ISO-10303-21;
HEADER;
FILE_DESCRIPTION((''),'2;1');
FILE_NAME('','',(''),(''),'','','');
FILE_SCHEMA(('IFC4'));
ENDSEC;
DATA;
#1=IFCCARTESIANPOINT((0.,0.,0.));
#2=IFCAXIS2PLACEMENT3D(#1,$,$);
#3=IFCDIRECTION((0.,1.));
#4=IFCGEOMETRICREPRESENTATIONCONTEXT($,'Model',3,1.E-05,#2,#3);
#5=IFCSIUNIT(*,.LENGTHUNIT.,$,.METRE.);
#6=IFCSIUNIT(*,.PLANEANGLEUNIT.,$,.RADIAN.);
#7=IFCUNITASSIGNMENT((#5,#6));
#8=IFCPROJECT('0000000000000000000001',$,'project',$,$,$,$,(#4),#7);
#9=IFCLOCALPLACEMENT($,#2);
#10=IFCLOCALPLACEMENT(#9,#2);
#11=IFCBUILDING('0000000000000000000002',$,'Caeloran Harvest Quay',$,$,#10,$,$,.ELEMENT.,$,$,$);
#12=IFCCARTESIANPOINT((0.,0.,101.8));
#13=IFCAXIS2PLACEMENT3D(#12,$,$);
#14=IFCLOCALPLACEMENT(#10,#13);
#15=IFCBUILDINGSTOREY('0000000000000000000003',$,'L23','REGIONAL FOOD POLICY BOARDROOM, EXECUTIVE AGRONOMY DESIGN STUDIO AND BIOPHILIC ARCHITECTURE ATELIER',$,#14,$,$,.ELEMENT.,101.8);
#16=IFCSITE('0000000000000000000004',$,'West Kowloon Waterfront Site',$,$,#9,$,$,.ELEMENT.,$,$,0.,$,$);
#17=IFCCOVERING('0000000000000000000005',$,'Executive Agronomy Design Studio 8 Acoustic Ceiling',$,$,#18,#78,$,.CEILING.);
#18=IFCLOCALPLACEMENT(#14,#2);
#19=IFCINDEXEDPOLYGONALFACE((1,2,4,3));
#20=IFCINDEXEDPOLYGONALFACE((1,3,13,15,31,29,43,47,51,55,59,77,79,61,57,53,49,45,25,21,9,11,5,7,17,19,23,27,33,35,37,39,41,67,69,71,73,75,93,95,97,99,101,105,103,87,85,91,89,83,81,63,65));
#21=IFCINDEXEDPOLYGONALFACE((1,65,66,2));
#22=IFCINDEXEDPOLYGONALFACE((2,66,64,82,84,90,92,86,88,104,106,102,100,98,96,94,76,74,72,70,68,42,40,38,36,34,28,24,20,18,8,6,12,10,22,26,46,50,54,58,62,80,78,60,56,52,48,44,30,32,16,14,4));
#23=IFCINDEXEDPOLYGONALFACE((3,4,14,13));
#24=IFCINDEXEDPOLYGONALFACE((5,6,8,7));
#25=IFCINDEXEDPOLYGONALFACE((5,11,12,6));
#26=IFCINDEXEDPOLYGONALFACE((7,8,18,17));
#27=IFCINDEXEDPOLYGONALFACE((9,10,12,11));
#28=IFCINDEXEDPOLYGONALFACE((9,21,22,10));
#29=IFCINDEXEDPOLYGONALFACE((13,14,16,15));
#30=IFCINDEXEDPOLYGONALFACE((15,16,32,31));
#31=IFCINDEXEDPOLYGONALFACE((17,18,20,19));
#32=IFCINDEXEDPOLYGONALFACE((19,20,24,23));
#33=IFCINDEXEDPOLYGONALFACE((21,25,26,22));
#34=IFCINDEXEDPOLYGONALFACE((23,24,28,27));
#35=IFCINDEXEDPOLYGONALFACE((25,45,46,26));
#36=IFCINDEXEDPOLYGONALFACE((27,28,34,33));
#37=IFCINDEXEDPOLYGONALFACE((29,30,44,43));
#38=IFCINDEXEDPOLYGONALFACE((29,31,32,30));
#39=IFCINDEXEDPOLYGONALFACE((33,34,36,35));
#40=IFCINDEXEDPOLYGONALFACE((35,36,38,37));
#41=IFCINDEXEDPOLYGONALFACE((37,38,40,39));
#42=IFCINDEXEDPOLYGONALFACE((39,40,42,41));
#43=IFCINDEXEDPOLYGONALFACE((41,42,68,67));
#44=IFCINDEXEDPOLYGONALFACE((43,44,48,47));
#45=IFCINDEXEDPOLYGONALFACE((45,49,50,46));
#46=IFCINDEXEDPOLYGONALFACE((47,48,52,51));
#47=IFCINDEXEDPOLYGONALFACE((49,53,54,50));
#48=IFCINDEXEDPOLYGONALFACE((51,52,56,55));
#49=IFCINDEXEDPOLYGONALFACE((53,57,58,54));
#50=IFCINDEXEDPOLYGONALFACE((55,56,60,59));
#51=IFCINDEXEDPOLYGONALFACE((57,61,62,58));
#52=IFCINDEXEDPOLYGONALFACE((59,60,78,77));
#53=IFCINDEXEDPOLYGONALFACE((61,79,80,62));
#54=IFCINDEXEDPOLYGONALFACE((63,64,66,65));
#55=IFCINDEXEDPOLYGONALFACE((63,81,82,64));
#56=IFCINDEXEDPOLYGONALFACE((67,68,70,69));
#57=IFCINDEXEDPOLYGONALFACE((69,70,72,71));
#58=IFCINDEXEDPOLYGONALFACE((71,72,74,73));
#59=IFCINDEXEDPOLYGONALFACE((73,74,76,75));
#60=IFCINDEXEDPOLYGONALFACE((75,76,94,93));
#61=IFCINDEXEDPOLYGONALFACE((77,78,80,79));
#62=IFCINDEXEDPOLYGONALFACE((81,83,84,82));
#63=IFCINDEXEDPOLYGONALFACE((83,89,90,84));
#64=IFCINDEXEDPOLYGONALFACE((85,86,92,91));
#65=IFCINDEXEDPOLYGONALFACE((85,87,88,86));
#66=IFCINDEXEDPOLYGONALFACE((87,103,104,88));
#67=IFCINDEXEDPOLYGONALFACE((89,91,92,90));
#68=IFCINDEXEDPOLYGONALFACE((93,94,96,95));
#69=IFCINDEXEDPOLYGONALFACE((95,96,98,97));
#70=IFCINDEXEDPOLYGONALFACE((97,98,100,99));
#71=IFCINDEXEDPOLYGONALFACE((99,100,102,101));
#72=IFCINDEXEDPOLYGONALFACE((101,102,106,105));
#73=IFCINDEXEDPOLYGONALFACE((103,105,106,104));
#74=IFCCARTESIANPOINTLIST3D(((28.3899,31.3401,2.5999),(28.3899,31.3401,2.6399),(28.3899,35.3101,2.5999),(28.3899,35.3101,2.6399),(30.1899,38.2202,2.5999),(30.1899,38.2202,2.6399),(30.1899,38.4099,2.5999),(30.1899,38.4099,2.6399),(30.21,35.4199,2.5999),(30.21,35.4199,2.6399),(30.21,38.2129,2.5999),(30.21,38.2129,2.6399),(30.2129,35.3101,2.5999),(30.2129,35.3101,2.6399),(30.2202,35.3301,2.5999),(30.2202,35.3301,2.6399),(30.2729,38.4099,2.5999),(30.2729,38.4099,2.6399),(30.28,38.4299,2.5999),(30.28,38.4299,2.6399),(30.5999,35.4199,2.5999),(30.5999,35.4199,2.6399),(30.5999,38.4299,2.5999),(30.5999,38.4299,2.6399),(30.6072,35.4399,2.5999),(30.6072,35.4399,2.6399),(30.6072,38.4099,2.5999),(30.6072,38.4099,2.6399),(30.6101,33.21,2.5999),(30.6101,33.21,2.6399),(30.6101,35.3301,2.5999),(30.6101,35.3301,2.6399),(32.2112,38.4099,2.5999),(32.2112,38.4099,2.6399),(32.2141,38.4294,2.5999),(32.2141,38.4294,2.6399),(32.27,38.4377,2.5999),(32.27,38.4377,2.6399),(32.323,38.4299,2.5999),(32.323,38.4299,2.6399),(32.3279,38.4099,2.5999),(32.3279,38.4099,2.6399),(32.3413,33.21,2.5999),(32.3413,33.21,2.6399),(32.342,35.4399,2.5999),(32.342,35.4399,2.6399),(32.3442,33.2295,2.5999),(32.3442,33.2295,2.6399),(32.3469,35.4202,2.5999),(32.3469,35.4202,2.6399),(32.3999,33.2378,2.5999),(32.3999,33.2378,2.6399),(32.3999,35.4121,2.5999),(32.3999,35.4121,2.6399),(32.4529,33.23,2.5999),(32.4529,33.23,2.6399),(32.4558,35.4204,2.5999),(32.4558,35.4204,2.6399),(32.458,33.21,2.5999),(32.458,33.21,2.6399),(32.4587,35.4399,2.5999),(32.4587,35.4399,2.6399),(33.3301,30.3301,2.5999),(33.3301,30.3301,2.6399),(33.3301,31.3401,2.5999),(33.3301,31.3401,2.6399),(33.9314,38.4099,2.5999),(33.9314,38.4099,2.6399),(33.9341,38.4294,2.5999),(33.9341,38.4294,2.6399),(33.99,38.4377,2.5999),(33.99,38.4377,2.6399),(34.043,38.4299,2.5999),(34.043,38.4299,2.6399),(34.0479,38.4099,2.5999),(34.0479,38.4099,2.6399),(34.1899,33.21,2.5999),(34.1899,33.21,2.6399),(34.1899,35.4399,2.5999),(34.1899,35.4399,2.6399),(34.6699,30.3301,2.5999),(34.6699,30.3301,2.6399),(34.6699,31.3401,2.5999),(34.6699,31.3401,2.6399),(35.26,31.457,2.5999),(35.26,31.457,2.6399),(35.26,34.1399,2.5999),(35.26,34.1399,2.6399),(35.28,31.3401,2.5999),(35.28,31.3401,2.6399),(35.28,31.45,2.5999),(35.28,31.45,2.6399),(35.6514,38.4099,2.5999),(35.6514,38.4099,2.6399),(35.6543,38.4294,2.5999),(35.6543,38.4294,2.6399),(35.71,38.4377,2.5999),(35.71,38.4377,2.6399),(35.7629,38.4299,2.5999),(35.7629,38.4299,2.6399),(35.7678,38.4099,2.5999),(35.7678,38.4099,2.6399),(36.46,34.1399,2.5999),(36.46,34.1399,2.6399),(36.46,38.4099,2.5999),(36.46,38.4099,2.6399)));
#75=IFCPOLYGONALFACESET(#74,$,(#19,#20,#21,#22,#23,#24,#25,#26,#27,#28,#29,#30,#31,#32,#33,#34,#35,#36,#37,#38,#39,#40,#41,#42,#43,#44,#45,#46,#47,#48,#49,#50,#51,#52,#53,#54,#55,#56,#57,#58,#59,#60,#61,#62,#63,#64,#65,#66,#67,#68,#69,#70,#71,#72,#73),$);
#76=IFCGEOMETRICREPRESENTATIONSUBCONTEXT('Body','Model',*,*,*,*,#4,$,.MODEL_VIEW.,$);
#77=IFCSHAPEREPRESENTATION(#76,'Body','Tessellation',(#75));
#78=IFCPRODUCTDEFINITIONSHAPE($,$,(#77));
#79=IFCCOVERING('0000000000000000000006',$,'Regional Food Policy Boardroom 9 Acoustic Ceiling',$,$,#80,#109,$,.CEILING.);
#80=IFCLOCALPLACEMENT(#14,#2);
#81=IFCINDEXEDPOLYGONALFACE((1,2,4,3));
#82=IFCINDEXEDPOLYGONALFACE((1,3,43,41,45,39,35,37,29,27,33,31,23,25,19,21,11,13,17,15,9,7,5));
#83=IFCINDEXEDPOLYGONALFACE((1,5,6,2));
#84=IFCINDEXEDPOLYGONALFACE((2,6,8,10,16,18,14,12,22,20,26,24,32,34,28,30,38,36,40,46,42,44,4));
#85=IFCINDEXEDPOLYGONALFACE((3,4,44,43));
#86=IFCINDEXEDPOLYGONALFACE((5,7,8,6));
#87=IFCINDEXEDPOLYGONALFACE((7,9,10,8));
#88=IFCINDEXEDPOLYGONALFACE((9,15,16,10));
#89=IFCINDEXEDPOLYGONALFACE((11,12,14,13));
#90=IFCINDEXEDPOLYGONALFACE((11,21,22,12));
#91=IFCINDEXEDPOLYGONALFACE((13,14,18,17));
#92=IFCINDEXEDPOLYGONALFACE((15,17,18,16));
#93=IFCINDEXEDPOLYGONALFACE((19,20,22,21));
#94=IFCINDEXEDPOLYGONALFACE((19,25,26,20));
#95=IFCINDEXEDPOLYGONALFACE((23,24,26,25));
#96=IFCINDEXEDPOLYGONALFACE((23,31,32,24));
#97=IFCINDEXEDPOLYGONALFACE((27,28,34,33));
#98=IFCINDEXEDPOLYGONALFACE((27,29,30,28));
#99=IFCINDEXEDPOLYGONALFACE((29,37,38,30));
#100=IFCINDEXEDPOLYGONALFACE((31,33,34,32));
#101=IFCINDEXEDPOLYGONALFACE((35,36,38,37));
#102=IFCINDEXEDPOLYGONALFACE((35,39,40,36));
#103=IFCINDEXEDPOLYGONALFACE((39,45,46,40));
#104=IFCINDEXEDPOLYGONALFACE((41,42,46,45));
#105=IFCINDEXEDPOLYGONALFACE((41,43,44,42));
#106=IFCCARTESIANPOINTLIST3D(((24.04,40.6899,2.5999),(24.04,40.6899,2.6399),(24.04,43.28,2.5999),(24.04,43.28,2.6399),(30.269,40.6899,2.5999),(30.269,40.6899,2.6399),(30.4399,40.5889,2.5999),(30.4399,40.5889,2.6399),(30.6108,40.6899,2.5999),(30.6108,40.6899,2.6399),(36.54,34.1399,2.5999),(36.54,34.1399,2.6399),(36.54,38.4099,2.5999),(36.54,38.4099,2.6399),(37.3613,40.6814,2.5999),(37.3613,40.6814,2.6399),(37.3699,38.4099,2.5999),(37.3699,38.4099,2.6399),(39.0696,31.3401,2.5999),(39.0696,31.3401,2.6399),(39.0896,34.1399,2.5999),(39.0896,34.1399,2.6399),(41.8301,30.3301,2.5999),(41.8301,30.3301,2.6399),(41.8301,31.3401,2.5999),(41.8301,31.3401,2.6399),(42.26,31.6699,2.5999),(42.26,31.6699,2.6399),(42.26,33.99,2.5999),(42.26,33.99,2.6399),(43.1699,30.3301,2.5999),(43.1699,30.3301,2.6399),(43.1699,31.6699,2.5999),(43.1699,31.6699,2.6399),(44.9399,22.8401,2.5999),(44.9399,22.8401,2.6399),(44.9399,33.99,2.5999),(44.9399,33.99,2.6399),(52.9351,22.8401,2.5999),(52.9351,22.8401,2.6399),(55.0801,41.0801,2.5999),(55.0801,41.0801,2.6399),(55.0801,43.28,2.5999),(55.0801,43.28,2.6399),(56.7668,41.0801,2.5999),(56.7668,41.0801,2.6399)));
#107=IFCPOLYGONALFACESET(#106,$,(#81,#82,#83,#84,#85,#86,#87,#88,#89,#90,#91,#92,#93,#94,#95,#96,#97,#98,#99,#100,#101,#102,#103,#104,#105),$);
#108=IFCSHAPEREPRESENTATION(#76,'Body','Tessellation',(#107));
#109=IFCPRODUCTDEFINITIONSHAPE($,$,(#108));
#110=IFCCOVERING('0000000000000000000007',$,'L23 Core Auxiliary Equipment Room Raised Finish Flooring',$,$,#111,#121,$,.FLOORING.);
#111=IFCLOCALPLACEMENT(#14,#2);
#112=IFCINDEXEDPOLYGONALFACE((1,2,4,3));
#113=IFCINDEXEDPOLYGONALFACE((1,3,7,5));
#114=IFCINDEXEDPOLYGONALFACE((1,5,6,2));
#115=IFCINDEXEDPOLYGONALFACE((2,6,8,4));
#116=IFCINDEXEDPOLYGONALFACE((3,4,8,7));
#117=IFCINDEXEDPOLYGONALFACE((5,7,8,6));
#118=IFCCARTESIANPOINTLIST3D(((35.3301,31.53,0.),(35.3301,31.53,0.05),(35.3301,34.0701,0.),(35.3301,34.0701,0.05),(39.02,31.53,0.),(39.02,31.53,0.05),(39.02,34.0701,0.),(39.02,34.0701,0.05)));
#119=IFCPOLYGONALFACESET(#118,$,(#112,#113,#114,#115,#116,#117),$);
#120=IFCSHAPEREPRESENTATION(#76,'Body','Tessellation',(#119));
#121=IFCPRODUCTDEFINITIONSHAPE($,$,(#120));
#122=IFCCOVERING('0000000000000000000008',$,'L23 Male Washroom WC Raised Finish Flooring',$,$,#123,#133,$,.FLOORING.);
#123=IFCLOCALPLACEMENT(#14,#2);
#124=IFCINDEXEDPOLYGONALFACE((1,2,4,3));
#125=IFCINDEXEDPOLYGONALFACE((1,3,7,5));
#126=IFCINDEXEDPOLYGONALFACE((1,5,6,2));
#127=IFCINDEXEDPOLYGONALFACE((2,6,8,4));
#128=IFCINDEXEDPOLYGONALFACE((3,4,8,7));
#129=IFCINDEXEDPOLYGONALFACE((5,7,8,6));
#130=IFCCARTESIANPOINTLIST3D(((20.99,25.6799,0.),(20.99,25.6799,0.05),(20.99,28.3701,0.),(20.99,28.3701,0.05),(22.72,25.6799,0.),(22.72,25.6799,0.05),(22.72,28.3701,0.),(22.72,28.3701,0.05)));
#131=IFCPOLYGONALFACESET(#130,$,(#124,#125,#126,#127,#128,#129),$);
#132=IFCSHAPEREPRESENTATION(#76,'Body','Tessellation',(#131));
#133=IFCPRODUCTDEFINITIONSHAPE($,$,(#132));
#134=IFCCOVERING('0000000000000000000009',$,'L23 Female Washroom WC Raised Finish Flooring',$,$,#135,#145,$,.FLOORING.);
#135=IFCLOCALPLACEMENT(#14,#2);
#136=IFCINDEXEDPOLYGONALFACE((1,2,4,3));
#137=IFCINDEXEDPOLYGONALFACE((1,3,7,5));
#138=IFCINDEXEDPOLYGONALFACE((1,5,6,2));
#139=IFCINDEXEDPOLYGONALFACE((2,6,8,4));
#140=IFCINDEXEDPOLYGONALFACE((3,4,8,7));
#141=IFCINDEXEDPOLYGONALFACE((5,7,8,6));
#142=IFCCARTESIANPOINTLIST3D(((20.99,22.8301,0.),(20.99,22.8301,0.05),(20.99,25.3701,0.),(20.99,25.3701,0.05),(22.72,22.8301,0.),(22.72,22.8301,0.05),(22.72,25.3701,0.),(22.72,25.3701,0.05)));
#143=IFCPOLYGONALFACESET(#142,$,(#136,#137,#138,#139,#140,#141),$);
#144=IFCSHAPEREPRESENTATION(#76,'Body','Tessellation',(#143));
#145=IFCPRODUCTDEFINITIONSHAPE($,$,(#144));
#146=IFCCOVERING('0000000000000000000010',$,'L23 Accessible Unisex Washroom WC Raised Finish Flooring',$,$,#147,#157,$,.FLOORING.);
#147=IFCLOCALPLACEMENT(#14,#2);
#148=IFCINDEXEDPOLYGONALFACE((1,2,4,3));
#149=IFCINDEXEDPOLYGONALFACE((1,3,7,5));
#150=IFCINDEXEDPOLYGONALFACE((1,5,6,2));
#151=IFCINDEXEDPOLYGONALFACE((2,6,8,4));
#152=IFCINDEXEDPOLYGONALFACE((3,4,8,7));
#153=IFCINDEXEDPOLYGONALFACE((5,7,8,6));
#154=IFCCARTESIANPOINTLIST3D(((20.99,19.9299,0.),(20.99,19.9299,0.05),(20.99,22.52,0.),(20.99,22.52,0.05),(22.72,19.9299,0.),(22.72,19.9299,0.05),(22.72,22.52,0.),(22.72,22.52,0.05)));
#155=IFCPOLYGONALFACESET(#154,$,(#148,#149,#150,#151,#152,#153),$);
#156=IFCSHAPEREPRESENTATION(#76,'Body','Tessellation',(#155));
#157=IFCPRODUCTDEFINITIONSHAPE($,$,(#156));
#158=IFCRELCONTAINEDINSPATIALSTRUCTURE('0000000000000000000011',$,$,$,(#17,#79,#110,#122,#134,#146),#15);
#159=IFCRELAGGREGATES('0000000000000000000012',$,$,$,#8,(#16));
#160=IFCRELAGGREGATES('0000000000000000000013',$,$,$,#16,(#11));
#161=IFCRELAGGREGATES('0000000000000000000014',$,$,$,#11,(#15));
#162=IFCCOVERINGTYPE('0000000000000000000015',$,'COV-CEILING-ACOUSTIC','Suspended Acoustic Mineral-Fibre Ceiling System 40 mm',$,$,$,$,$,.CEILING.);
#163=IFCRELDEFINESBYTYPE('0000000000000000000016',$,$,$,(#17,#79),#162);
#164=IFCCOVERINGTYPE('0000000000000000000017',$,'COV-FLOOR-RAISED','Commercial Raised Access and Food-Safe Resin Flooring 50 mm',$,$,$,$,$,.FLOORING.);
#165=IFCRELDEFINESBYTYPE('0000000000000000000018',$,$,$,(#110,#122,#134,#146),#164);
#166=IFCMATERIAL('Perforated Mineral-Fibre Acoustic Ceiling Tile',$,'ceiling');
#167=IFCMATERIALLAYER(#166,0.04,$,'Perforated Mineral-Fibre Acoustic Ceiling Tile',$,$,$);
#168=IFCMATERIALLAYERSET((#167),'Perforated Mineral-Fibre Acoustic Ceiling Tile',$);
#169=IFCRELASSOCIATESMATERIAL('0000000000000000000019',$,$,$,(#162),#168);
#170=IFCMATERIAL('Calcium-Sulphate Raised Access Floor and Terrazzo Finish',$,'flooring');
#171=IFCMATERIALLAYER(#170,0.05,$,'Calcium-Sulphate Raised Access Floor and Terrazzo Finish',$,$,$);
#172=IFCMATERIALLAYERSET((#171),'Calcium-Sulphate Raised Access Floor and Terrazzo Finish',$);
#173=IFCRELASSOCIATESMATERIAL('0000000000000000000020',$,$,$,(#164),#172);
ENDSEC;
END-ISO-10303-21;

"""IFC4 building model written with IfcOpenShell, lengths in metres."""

from ifc_helpers import new_model, si_unit, direction, frame, origin, place, context, subcontext, project, spatial, polyline, outline, extrude, material, layer, layer_set, type_object, element, save


model = new_model("IFC4")

# Units and contexts
model_context = context("Model", 3, precision=1e-05, world=origin(), true_north=direction((0.0, 1.0)))
body_context = subcontext(model_context, "Body", "Model", "MODEL_VIEW")
ifc_project = project(units=[si_unit("LENGTHUNIT", "METRE"), si_unit("PLANEANGLEUNIT", "RADIAN")], contexts=[model_context])

# Site, building, storey
site_placement = place(None, origin())
site = spatial("IfcSite", under=ifc_project, at=site_placement, Name="West Kowloon Waterfront Site", CompositionType="ELEMENT", RefElevation=0.0)
building_placement = place(site_placement, origin())
building = spatial("IfcBuilding", under=site, at=building_placement, Name="Caeloran Harvest Quay", CompositionType="ELEMENT")
storey_placement = place(building_placement, frame((0.0, 0.0, 101.8)))
storey = spatial("IfcBuildingStorey", under=building, at=storey_placement, Name="L23", Description="REGIONAL FOOD POLICY BOARDROOM, EXECUTIVE AGRONOMY DESIGN STUDIO AND BIOPHILIC ARCHITECTURE ATELIER", CompositionType="ELEMENT", Elevation=101.8)

# Coverings
ifc_material_1 = material(Name="Perforated Mineral-Fibre Acoustic Ceiling Tile", Category="ceiling")
ifc_layer_1 = layer(ifc_material_1, 0.04, Name="Perforated Mineral-Fibre Acoustic Ceiling Tile")
ifc_layer_set_1 = layer_set([ifc_layer_1], Name="Perforated Mineral-Fibre Acoustic Ceiling Tile")
covering_type_1 = type_object("IfcCoveringType", Name="COV-CEILING-ACOUSTIC", Description="Suspended Acoustic Mineral-Fibre Ceiling System 40 mm", PredefinedType="CEILING", material=ifc_layer_set_1)
covering_1_placement = place(storey_placement, frame((0.0, 0.0, 2.5999)))
element("IfcCovering", 1, at=covering_1_placement, inside=storey, type_object=covering_type_1, Name="Executive Agronomy Design Studio 8 Acoustic Ceiling", PredefinedType="CEILING", context=body_context, shape_type="SweptSolid", body=[
    extrude(outline(polyline([(34.6699, 30.3301), (33.3301, 30.3301), (33.3301, 31.3401), (28.3899, 31.3401), (28.3899, 35.3101), (30.2129, 35.3101), (30.2202, 35.3301), (30.6101, 35.3301), (30.6101, 33.21), (32.3413, 33.21), (32.3442, 33.2295), (32.3999, 33.2378), (32.4529, 33.23), (32.458, 33.21), (34.1899, 33.21), (34.1899, 35.4399), (32.4587, 35.4399), (32.4558, 35.4204), (32.3999, 35.4121), (32.3469, 35.4202), (32.342, 35.4399), (30.6072, 35.4399), (30.5999, 35.4199), (30.21, 35.4199), (30.21, 38.2129), (30.1899, 38.2202), (30.1899, 38.4099), (30.2729, 38.4099), (30.28, 38.4299), (30.5999, 38.4299), (30.6072, 38.4099), (32.2112, 38.4099), (32.2141, 38.4294), (32.27, 38.4377), (32.323, 38.4299), (32.3279, 38.4099), (33.9314, 38.4099), (33.9341, 38.4294), (33.99, 38.4377), (34.043, 38.4299), (34.0479, 38.4099), (35.6514, 38.4099), (35.6543, 38.4294), (35.71, 38.4377), (35.7629, 38.4299), (35.7678, 38.4099), (36.46, 38.4099), (36.46, 34.1399), (35.26, 34.1399), (35.26, 31.457), (35.28, 31.45), (35.28, 31.3401), (34.6699, 31.3401), (34.6699, 30.3301)])), origin(), (0.0, 0.0, 1.0), 0.04),
])
covering_2_placement = place(storey_placement, frame((0.0, 0.0, 2.5999)))
element("IfcCovering", 2, at=covering_2_placement, inside=storey, type_object=covering_type_1, Name="Regional Food Policy Boardroom 9 Acoustic Ceiling", PredefinedType="CEILING", context=body_context, shape_type="SweptSolid", body=[
    extrude(outline(polyline([(43.1699, 30.3301), (41.8301, 30.3301), (41.8301, 31.3401), (39.0696, 31.3401), (39.0896, 34.1399), (36.54, 34.1399), (36.54, 38.4099), (37.3699, 38.4099), (37.3613, 40.6814), (30.6108, 40.6899), (30.4399, 40.5889), (30.269, 40.6899), (24.04, 40.6899), (24.04, 43.28), (55.0801, 43.28), (55.0801, 41.0801), (56.7668, 41.0801), (52.9351, 22.8401), (44.9399, 22.8401), (44.9399, 33.99), (42.26, 33.99), (42.26, 31.6699), (43.1699, 31.6699), (43.1699, 30.3301)])), origin(), (0.0, 0.0, 1.0), 0.04),
])
ifc_material_2 = material(Name="Calcium-Sulphate Raised Access Floor and Terrazzo Finish", Category="flooring")
ifc_layer_2 = layer(ifc_material_2, 0.05, Name="Calcium-Sulphate Raised Access Floor and Terrazzo Finish")
ifc_layer_set_2 = layer_set([ifc_layer_2], Name="Calcium-Sulphate Raised Access Floor and Terrazzo Finish")
covering_type_2 = type_object("IfcCoveringType", Name="COV-FLOOR-RAISED", Description="Commercial Raised Access and Food-Safe Resin Flooring 50 mm", PredefinedType="FLOORING", material=ifc_layer_set_2)
covering_3_placement = place(storey_placement, origin())
element("IfcCovering", 3, at=covering_3_placement, inside=storey, type_object=covering_type_2, Name="L23 Core Auxiliary Equipment Room Raised Finish Flooring", PredefinedType="FLOORING", context=body_context, shape_type="SweptSolid", body=[
    extrude(outline(polyline([(39.02, 34.0701), (39.02, 31.53), (35.3301, 31.53), (35.3301, 34.0701), (39.02, 34.0701)])), origin(), (0.0, 0.0, 1.0), 0.05),
])
covering_4_placement = place(storey_placement, origin())
element("IfcCovering", 4, at=covering_4_placement, inside=storey, type_object=covering_type_2, Name="L23 Male Washroom WC Raised Finish Flooring", PredefinedType="FLOORING", context=body_context, shape_type="SweptSolid", body=[
    extrude(outline(polyline([(22.72, 25.6799), (20.99, 25.6799), (20.99, 28.3701), (22.72, 28.3701), (22.72, 25.6799)])), origin(), (0.0, 0.0, 1.0), 0.05),
])
covering_5_placement = place(storey_placement, origin())
element("IfcCovering", 5, at=covering_5_placement, inside=storey, type_object=covering_type_2, Name="L23 Female Washroom WC Raised Finish Flooring", PredefinedType="FLOORING", context=body_context, shape_type="SweptSolid", body=[
    extrude(outline(polyline([(22.72, 22.8301), (20.99, 22.8301), (20.99, 25.3701), (22.72, 25.3701), (22.72, 22.8301)])), origin(), (0.0, 0.0, 1.0), 0.05),
])
covering_6_placement = place(storey_placement, origin())
element("IfcCovering", 6, at=covering_6_placement, inside=storey, type_object=covering_type_2, Name="L23 Accessible Unisex Washroom WC Raised Finish Flooring", PredefinedType="FLOORING", context=body_context, shape_type="SweptSolid", body=[
    extrude(outline(polyline([(22.72, 19.9299), (20.99, 19.9299), (20.99, 22.52), (22.72, 22.52), (22.72, 19.9299)])), origin(), (0.0, 0.0, 1.0), 0.05),
])

save(model, "model.ifc")
